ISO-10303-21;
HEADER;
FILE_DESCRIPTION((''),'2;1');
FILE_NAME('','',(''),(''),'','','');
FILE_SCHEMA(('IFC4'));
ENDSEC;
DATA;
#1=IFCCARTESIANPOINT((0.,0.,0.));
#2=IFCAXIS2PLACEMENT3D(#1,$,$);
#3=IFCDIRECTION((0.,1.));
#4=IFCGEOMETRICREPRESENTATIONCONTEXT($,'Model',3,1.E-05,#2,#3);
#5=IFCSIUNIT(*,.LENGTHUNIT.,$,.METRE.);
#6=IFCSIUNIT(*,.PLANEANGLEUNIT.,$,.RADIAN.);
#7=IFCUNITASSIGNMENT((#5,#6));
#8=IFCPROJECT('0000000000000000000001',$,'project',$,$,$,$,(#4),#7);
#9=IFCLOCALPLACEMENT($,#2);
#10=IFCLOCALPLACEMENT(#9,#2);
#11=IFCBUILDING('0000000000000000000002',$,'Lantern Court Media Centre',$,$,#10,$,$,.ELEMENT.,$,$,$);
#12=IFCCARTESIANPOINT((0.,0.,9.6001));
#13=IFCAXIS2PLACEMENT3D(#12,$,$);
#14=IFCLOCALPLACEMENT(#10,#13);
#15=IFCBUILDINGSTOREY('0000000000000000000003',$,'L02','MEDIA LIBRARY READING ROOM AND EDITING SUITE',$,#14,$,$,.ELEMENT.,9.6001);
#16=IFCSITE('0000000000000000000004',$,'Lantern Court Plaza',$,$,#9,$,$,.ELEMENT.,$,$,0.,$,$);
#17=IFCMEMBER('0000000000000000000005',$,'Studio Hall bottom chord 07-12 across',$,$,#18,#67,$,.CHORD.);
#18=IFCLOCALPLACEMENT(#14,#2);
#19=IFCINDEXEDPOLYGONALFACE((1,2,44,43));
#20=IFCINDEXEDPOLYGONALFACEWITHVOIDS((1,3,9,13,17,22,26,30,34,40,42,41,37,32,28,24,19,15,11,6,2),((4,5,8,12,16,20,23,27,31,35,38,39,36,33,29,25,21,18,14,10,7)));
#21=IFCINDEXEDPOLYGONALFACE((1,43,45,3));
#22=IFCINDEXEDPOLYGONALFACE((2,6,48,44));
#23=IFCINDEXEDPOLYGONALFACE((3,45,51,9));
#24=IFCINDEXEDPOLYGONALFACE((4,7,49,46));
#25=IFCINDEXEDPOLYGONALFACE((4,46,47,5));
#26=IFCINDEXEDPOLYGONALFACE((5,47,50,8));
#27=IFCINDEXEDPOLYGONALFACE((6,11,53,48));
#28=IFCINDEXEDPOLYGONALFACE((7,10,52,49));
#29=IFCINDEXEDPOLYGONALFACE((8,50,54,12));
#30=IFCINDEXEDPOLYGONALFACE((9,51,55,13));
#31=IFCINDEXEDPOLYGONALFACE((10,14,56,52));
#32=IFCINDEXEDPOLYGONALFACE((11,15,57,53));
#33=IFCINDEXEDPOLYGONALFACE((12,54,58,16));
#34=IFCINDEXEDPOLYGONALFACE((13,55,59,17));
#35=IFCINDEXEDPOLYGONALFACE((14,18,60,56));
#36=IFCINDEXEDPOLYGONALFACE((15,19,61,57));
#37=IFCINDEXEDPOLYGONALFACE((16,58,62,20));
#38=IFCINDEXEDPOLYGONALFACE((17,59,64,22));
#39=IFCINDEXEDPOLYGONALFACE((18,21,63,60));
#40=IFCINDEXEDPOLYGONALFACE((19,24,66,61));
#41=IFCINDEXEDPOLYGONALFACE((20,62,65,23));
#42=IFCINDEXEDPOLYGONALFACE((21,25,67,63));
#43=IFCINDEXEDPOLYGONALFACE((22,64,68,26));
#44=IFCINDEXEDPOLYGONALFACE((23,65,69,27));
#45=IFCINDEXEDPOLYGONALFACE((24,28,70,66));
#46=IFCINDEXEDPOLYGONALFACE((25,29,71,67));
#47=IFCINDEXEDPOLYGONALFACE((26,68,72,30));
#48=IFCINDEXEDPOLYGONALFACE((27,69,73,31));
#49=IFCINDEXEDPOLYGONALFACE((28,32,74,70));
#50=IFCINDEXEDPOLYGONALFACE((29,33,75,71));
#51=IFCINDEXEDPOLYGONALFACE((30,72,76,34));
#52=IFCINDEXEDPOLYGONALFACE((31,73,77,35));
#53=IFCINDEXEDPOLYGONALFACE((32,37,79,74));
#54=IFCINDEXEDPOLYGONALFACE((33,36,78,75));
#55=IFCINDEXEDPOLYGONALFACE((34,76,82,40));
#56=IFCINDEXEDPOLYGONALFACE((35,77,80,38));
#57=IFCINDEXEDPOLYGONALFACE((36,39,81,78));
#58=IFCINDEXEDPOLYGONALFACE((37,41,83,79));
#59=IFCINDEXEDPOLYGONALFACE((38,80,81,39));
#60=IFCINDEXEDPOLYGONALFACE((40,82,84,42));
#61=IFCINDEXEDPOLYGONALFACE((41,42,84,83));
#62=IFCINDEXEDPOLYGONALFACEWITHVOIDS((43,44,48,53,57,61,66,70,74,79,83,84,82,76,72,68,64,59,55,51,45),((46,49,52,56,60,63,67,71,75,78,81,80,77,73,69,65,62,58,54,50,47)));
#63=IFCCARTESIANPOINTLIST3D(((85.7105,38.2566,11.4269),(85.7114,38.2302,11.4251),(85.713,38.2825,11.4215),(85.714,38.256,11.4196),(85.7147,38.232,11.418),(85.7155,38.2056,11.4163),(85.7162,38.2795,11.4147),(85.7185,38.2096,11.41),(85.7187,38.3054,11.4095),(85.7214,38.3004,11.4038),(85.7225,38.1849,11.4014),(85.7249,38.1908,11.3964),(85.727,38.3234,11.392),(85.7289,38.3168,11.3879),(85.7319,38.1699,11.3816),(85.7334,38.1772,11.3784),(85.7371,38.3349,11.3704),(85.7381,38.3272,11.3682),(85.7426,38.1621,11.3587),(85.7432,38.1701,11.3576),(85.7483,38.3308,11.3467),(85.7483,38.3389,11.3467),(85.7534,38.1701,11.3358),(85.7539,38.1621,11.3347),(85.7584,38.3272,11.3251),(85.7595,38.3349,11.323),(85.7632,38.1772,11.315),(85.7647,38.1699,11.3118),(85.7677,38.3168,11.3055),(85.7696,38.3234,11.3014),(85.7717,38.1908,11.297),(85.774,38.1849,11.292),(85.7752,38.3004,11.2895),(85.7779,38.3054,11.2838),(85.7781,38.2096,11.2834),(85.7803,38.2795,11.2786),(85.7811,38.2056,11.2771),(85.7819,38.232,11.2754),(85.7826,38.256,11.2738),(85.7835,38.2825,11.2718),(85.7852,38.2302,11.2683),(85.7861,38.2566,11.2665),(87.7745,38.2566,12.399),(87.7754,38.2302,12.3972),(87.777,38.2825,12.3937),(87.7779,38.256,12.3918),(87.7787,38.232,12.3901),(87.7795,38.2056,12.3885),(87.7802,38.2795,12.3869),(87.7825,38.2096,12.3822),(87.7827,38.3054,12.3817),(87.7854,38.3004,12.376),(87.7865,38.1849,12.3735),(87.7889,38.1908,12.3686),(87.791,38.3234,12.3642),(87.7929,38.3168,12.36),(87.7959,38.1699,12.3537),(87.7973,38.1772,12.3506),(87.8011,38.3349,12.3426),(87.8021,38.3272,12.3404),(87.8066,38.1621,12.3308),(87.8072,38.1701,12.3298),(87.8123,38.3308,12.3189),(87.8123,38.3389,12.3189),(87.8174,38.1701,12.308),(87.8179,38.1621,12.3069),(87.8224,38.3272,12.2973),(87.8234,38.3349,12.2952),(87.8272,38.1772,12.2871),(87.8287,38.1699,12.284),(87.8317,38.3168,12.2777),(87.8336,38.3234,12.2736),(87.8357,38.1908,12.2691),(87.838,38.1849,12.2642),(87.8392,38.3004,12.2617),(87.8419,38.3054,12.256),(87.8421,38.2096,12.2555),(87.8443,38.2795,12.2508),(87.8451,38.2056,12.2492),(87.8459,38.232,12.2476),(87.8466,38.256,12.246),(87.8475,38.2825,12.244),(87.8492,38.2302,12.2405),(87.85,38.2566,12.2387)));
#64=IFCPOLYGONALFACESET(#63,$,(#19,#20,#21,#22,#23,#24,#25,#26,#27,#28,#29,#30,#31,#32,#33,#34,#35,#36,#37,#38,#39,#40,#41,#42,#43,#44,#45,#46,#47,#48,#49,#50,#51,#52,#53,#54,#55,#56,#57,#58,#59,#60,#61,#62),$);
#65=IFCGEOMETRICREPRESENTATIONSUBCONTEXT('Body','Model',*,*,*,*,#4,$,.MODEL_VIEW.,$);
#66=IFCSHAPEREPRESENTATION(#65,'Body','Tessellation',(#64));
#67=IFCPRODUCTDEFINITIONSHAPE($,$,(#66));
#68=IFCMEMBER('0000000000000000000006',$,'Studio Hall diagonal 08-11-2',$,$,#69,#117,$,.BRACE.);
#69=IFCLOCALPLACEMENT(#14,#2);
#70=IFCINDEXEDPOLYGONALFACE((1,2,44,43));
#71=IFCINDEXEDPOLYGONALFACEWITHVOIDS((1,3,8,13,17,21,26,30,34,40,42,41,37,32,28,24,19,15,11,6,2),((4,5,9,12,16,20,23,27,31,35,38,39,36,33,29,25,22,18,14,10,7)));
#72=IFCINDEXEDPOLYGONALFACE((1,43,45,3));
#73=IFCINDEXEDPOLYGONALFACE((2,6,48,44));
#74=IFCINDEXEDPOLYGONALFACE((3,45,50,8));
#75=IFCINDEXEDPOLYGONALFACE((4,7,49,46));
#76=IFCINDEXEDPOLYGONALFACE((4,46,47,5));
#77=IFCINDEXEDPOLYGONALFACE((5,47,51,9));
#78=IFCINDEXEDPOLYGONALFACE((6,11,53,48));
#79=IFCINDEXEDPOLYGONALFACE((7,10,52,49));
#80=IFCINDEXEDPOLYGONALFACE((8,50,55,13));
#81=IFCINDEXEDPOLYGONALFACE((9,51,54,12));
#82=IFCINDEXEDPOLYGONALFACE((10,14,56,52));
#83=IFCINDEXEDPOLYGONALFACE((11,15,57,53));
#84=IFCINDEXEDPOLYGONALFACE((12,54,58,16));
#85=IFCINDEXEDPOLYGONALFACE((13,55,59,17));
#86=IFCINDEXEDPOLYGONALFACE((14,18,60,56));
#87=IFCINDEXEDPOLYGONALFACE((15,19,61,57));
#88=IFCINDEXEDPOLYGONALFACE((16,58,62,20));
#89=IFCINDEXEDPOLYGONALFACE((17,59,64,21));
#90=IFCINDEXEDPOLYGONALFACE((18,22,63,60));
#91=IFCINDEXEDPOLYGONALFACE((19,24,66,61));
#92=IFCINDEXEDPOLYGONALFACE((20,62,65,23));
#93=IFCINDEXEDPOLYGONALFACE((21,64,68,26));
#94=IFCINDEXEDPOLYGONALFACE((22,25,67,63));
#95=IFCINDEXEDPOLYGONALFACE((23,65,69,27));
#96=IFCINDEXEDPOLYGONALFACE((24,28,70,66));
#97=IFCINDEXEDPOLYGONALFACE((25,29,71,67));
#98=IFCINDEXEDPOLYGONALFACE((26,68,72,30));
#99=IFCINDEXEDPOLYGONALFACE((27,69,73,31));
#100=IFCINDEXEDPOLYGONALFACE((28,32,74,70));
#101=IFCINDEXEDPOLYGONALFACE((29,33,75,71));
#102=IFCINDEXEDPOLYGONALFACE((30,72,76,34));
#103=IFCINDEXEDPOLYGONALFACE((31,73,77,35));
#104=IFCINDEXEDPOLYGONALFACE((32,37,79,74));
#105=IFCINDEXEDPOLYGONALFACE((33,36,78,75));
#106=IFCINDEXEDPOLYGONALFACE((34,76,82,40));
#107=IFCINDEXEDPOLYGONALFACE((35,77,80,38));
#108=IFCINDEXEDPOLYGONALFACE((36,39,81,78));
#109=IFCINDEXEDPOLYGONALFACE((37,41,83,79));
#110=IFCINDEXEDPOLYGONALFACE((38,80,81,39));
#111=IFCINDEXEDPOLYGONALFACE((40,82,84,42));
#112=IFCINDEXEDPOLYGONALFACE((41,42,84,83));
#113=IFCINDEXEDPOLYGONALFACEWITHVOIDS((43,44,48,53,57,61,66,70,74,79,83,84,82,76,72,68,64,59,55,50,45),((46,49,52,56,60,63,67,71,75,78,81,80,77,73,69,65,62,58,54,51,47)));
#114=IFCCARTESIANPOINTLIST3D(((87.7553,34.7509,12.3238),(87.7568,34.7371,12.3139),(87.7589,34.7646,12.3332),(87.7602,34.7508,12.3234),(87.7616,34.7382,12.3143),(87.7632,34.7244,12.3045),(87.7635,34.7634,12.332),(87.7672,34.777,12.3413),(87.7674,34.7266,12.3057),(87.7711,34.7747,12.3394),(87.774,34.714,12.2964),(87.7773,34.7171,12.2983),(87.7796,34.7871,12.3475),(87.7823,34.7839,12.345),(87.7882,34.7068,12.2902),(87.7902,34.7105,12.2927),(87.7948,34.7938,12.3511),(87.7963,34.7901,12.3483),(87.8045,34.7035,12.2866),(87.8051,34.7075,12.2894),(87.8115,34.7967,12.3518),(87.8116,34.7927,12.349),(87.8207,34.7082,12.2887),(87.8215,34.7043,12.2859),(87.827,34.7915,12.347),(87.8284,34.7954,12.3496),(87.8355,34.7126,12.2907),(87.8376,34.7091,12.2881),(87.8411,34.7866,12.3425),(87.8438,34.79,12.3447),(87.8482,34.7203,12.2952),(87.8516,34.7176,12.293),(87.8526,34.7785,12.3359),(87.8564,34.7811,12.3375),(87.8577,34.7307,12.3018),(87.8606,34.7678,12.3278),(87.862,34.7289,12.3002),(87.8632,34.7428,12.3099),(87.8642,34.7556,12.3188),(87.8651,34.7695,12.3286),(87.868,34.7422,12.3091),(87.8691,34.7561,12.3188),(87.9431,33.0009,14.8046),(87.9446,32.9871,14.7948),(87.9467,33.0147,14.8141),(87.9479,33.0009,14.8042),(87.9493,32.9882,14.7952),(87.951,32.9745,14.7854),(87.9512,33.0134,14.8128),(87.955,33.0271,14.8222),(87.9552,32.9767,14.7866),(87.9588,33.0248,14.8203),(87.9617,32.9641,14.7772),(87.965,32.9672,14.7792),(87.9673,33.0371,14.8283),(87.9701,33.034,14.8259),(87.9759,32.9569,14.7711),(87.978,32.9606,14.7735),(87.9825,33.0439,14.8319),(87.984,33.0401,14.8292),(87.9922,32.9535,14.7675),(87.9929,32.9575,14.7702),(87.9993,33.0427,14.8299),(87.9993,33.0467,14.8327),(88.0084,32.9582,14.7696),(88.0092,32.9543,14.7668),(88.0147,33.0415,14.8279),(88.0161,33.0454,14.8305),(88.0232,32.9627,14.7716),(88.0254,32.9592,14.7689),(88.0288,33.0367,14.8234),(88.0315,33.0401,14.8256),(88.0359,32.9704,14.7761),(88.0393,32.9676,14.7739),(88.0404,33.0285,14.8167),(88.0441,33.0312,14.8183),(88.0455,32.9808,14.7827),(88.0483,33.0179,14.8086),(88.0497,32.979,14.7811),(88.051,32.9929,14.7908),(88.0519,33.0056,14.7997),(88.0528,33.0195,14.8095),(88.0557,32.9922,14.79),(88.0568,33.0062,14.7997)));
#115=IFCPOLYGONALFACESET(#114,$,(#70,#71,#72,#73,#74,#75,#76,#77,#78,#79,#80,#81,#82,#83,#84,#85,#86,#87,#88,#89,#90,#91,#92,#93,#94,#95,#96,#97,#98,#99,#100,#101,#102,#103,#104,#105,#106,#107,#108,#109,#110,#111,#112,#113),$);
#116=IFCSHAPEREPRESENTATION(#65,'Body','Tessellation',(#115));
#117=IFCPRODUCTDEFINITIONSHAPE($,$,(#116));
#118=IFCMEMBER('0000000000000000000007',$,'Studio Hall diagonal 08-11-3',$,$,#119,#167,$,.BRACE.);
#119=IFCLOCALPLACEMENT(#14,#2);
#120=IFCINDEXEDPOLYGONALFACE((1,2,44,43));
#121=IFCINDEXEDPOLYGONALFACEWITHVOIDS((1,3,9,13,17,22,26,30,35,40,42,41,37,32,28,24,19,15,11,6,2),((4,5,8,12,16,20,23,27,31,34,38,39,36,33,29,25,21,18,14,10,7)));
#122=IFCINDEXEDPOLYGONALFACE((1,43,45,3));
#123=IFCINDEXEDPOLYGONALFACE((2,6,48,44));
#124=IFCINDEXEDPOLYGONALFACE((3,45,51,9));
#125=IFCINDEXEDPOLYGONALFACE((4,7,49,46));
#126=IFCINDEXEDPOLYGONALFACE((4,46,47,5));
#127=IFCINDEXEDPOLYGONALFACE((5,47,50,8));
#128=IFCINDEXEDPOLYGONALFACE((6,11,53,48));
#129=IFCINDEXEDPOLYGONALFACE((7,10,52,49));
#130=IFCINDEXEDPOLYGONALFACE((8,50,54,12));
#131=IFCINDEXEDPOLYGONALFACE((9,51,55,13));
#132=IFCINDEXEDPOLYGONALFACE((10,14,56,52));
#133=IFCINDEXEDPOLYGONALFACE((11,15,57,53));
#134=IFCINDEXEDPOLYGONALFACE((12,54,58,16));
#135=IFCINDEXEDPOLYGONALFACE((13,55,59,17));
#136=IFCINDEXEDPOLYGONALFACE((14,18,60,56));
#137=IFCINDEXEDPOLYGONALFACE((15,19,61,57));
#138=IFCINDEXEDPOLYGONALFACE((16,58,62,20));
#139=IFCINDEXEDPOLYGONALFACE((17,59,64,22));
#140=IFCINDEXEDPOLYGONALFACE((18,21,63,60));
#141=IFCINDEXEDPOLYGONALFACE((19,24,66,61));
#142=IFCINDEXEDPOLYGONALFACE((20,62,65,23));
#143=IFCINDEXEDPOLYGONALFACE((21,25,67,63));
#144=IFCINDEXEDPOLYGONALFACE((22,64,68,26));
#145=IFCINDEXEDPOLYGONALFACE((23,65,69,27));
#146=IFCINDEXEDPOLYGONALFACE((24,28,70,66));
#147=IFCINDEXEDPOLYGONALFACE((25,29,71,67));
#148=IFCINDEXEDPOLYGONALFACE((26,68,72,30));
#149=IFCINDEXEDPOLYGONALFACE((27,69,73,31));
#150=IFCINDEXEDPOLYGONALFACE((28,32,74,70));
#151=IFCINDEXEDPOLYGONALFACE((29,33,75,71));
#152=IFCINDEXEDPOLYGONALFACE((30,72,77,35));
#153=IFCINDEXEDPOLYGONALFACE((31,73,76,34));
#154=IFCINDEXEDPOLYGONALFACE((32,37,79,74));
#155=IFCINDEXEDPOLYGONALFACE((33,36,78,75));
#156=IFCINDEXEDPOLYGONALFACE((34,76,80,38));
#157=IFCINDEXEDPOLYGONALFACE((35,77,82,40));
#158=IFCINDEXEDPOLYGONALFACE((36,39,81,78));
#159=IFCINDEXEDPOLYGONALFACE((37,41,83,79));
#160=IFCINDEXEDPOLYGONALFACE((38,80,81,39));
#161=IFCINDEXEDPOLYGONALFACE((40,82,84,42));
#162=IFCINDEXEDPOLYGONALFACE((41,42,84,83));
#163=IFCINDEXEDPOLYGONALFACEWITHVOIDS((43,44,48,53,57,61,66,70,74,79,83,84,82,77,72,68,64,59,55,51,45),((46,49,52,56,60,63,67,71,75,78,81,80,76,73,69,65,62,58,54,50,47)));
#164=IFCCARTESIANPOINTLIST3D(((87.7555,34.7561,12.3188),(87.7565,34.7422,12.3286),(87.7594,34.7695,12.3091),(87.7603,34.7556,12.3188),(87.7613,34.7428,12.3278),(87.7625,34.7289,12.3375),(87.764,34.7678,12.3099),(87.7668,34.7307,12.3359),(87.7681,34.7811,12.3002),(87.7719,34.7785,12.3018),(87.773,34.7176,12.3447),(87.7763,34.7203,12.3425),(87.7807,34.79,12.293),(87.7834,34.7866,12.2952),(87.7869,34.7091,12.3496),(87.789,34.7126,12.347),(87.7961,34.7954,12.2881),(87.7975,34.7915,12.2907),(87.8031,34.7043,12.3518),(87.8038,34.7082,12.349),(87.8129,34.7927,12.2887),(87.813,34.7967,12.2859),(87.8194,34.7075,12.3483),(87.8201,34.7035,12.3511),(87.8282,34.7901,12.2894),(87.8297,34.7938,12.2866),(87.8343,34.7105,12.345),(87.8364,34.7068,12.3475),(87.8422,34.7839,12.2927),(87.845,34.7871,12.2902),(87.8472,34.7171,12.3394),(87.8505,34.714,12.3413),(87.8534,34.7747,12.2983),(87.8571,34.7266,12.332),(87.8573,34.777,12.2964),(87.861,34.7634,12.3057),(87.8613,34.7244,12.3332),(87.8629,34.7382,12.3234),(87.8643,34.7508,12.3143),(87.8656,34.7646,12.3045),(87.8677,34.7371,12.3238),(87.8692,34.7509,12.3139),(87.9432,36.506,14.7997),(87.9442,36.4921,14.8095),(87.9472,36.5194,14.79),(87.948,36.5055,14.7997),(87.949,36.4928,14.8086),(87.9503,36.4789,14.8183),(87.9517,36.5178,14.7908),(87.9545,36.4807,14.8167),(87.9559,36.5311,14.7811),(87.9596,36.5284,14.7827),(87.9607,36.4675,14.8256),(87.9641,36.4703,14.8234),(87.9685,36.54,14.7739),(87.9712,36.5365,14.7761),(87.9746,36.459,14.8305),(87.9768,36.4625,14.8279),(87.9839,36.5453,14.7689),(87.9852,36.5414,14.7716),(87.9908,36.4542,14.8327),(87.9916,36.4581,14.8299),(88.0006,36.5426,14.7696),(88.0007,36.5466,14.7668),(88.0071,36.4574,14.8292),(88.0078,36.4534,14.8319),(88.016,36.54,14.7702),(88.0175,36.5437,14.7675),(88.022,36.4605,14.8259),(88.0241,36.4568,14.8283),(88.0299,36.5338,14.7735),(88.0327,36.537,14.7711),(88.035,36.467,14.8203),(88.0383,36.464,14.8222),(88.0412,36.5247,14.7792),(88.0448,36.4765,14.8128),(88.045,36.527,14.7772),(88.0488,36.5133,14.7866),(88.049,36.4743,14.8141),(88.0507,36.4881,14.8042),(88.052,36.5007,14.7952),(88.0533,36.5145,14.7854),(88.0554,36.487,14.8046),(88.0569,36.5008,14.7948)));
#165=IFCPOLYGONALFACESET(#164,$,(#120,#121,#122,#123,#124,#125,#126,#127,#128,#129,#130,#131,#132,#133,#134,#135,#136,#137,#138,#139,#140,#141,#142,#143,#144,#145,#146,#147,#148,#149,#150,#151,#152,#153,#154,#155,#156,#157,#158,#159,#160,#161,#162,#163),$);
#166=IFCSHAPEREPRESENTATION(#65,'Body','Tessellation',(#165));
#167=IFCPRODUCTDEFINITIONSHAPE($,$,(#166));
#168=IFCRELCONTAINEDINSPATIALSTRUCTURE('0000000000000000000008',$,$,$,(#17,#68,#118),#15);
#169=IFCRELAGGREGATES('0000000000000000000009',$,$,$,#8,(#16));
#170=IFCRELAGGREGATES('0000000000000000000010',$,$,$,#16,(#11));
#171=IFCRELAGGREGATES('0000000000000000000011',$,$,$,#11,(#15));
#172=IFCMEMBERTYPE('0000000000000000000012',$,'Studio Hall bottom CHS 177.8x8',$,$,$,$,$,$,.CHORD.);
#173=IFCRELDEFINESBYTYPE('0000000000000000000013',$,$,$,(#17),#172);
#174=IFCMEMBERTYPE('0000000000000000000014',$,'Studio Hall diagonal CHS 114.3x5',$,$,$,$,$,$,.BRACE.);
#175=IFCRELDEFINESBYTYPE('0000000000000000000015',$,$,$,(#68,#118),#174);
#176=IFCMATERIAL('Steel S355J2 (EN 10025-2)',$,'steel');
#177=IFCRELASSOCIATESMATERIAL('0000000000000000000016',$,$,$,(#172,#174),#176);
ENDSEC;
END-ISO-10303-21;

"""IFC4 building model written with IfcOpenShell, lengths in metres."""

from ifc_helpers import new_model, si_unit, direction, frame, origin, origin_2d, place, context, subcontext, project, spatial, hollow_circle, extrude, material, material_profile, profile_set, type_object, element, save


model = new_model("IFC4")

# Units and contexts
model_context = context("Model", 3, precision=1e-05, world=origin(), true_north=direction((0.0, 1.0)))
body_context = subcontext(model_context, "Body", "Model", "MODEL_VIEW")
ifc_project = project(units=[si_unit("LENGTHUNIT", "METRE"), si_unit("PLANEANGLEUNIT", "RADIAN")], contexts=[model_context])

# Site, building, storey
site_placement = place(None, origin())
site = spatial("IfcSite", under=ifc_project, at=site_placement, Name="Lantern Court Plaza", CompositionType="ELEMENT", RefElevation=0.0)
building_placement = place(site_placement, origin())
building = spatial("IfcBuilding", under=site, at=building_placement, Name="Lantern Court Media Centre", CompositionType="ELEMENT")
storey_placement = place(building_placement, frame((0.0, 0.0, 9.6001)))
storey = spatial("IfcBuildingStorey", under=building, at=storey_placement, Name="L02", Description="MEDIA LIBRARY READING ROOM AND EDITING SUITE", CompositionType="ELEMENT", Elevation=9.6001)

# Members
ifc_material = material(Name="Steel S355J2 (EN 10025-2)", Category="steel")
ifc_material_profile_1 = material_profile(ifc_material, hollow_circle(Radius=0.0889, WallThickness=0.0081, at=origin_2d()), Name="Studio Hall bottom CHS 177.8x8")
ifc_profile_set_1 = profile_set([ifc_material_profile_1], Name="Steel S355J2 (EN 10025-2)")
member_type_1 = type_object("IfcMemberType", Name="Studio Hall bottom CHS 177.8x8", PredefinedType="CHORD", material=ifc_profile_set_1)
for number, where, z_axis, x_axis, name in (
    (1, (85.7483, 38.25, 11.3467), (0.904668, 0.0, 0.426117), (0.0, 1.0, 0.0), "Studio Hall bottom chord 07-12 across"),
):
    element("IfcMember", number, at=place(storey_placement, frame(where, z_axis=z_axis, x_axis=x_axis)), inside=storey, type_object=member_type_1, Name=name, PredefinedType="CHORD", context=body_context, shape_type="SweptSolid", body=[
        extrude(hollow_circle(Radius=0.0889, WallThickness=0.0081, at=origin_2d()), origin(), (0.0, 0.0, 1.0), 2.2815),
    ])
ifc_material_profile_2 = material_profile(ifc_material, hollow_circle(Radius=0.0571, WallThickness=0.0049, at=origin_2d()), Name="Studio Hall diagonal CHS 114.3x5")
ifc_profile_set_2 = profile_set([ifc_material_profile_2], Name="Steel S355J2 (EN 10025-2)")
member_type_2 = type_object("IfcMemberType", Name="Studio Hall diagonal CHS 114.3x5", PredefinedType="BRACE", material=ifc_profile_set_2)
for number, where, z_axis, x_axis, name in (
    (2, (87.8123, 34.75, 12.3188), (0.06172, -0.575306, 0.815606), (0.994294, 0.10667, 0.0), "Studio Hall diagonal 08-11-2"),
    (3, (87.8123, 34.75, 12.3188), (0.06172, 0.575306, 0.815606), (-0.994294, 0.10667, 0.0), "Studio Hall diagonal 08-11-3"),
):
    element("IfcMember", number, at=place(storey_placement, frame(where, z_axis=z_axis, x_axis=x_axis)), inside=storey, type_object=member_type_2, Name=name, PredefinedType="BRACE", context=body_context, shape_type="SweptSolid", body=[
        extrude(hollow_circle(Radius=0.0571, WallThickness=0.0049, at=origin_2d()), origin(), (0.0, 0.0, 1.0), 3.0417),
    ])

save(model, "model.ifc")
